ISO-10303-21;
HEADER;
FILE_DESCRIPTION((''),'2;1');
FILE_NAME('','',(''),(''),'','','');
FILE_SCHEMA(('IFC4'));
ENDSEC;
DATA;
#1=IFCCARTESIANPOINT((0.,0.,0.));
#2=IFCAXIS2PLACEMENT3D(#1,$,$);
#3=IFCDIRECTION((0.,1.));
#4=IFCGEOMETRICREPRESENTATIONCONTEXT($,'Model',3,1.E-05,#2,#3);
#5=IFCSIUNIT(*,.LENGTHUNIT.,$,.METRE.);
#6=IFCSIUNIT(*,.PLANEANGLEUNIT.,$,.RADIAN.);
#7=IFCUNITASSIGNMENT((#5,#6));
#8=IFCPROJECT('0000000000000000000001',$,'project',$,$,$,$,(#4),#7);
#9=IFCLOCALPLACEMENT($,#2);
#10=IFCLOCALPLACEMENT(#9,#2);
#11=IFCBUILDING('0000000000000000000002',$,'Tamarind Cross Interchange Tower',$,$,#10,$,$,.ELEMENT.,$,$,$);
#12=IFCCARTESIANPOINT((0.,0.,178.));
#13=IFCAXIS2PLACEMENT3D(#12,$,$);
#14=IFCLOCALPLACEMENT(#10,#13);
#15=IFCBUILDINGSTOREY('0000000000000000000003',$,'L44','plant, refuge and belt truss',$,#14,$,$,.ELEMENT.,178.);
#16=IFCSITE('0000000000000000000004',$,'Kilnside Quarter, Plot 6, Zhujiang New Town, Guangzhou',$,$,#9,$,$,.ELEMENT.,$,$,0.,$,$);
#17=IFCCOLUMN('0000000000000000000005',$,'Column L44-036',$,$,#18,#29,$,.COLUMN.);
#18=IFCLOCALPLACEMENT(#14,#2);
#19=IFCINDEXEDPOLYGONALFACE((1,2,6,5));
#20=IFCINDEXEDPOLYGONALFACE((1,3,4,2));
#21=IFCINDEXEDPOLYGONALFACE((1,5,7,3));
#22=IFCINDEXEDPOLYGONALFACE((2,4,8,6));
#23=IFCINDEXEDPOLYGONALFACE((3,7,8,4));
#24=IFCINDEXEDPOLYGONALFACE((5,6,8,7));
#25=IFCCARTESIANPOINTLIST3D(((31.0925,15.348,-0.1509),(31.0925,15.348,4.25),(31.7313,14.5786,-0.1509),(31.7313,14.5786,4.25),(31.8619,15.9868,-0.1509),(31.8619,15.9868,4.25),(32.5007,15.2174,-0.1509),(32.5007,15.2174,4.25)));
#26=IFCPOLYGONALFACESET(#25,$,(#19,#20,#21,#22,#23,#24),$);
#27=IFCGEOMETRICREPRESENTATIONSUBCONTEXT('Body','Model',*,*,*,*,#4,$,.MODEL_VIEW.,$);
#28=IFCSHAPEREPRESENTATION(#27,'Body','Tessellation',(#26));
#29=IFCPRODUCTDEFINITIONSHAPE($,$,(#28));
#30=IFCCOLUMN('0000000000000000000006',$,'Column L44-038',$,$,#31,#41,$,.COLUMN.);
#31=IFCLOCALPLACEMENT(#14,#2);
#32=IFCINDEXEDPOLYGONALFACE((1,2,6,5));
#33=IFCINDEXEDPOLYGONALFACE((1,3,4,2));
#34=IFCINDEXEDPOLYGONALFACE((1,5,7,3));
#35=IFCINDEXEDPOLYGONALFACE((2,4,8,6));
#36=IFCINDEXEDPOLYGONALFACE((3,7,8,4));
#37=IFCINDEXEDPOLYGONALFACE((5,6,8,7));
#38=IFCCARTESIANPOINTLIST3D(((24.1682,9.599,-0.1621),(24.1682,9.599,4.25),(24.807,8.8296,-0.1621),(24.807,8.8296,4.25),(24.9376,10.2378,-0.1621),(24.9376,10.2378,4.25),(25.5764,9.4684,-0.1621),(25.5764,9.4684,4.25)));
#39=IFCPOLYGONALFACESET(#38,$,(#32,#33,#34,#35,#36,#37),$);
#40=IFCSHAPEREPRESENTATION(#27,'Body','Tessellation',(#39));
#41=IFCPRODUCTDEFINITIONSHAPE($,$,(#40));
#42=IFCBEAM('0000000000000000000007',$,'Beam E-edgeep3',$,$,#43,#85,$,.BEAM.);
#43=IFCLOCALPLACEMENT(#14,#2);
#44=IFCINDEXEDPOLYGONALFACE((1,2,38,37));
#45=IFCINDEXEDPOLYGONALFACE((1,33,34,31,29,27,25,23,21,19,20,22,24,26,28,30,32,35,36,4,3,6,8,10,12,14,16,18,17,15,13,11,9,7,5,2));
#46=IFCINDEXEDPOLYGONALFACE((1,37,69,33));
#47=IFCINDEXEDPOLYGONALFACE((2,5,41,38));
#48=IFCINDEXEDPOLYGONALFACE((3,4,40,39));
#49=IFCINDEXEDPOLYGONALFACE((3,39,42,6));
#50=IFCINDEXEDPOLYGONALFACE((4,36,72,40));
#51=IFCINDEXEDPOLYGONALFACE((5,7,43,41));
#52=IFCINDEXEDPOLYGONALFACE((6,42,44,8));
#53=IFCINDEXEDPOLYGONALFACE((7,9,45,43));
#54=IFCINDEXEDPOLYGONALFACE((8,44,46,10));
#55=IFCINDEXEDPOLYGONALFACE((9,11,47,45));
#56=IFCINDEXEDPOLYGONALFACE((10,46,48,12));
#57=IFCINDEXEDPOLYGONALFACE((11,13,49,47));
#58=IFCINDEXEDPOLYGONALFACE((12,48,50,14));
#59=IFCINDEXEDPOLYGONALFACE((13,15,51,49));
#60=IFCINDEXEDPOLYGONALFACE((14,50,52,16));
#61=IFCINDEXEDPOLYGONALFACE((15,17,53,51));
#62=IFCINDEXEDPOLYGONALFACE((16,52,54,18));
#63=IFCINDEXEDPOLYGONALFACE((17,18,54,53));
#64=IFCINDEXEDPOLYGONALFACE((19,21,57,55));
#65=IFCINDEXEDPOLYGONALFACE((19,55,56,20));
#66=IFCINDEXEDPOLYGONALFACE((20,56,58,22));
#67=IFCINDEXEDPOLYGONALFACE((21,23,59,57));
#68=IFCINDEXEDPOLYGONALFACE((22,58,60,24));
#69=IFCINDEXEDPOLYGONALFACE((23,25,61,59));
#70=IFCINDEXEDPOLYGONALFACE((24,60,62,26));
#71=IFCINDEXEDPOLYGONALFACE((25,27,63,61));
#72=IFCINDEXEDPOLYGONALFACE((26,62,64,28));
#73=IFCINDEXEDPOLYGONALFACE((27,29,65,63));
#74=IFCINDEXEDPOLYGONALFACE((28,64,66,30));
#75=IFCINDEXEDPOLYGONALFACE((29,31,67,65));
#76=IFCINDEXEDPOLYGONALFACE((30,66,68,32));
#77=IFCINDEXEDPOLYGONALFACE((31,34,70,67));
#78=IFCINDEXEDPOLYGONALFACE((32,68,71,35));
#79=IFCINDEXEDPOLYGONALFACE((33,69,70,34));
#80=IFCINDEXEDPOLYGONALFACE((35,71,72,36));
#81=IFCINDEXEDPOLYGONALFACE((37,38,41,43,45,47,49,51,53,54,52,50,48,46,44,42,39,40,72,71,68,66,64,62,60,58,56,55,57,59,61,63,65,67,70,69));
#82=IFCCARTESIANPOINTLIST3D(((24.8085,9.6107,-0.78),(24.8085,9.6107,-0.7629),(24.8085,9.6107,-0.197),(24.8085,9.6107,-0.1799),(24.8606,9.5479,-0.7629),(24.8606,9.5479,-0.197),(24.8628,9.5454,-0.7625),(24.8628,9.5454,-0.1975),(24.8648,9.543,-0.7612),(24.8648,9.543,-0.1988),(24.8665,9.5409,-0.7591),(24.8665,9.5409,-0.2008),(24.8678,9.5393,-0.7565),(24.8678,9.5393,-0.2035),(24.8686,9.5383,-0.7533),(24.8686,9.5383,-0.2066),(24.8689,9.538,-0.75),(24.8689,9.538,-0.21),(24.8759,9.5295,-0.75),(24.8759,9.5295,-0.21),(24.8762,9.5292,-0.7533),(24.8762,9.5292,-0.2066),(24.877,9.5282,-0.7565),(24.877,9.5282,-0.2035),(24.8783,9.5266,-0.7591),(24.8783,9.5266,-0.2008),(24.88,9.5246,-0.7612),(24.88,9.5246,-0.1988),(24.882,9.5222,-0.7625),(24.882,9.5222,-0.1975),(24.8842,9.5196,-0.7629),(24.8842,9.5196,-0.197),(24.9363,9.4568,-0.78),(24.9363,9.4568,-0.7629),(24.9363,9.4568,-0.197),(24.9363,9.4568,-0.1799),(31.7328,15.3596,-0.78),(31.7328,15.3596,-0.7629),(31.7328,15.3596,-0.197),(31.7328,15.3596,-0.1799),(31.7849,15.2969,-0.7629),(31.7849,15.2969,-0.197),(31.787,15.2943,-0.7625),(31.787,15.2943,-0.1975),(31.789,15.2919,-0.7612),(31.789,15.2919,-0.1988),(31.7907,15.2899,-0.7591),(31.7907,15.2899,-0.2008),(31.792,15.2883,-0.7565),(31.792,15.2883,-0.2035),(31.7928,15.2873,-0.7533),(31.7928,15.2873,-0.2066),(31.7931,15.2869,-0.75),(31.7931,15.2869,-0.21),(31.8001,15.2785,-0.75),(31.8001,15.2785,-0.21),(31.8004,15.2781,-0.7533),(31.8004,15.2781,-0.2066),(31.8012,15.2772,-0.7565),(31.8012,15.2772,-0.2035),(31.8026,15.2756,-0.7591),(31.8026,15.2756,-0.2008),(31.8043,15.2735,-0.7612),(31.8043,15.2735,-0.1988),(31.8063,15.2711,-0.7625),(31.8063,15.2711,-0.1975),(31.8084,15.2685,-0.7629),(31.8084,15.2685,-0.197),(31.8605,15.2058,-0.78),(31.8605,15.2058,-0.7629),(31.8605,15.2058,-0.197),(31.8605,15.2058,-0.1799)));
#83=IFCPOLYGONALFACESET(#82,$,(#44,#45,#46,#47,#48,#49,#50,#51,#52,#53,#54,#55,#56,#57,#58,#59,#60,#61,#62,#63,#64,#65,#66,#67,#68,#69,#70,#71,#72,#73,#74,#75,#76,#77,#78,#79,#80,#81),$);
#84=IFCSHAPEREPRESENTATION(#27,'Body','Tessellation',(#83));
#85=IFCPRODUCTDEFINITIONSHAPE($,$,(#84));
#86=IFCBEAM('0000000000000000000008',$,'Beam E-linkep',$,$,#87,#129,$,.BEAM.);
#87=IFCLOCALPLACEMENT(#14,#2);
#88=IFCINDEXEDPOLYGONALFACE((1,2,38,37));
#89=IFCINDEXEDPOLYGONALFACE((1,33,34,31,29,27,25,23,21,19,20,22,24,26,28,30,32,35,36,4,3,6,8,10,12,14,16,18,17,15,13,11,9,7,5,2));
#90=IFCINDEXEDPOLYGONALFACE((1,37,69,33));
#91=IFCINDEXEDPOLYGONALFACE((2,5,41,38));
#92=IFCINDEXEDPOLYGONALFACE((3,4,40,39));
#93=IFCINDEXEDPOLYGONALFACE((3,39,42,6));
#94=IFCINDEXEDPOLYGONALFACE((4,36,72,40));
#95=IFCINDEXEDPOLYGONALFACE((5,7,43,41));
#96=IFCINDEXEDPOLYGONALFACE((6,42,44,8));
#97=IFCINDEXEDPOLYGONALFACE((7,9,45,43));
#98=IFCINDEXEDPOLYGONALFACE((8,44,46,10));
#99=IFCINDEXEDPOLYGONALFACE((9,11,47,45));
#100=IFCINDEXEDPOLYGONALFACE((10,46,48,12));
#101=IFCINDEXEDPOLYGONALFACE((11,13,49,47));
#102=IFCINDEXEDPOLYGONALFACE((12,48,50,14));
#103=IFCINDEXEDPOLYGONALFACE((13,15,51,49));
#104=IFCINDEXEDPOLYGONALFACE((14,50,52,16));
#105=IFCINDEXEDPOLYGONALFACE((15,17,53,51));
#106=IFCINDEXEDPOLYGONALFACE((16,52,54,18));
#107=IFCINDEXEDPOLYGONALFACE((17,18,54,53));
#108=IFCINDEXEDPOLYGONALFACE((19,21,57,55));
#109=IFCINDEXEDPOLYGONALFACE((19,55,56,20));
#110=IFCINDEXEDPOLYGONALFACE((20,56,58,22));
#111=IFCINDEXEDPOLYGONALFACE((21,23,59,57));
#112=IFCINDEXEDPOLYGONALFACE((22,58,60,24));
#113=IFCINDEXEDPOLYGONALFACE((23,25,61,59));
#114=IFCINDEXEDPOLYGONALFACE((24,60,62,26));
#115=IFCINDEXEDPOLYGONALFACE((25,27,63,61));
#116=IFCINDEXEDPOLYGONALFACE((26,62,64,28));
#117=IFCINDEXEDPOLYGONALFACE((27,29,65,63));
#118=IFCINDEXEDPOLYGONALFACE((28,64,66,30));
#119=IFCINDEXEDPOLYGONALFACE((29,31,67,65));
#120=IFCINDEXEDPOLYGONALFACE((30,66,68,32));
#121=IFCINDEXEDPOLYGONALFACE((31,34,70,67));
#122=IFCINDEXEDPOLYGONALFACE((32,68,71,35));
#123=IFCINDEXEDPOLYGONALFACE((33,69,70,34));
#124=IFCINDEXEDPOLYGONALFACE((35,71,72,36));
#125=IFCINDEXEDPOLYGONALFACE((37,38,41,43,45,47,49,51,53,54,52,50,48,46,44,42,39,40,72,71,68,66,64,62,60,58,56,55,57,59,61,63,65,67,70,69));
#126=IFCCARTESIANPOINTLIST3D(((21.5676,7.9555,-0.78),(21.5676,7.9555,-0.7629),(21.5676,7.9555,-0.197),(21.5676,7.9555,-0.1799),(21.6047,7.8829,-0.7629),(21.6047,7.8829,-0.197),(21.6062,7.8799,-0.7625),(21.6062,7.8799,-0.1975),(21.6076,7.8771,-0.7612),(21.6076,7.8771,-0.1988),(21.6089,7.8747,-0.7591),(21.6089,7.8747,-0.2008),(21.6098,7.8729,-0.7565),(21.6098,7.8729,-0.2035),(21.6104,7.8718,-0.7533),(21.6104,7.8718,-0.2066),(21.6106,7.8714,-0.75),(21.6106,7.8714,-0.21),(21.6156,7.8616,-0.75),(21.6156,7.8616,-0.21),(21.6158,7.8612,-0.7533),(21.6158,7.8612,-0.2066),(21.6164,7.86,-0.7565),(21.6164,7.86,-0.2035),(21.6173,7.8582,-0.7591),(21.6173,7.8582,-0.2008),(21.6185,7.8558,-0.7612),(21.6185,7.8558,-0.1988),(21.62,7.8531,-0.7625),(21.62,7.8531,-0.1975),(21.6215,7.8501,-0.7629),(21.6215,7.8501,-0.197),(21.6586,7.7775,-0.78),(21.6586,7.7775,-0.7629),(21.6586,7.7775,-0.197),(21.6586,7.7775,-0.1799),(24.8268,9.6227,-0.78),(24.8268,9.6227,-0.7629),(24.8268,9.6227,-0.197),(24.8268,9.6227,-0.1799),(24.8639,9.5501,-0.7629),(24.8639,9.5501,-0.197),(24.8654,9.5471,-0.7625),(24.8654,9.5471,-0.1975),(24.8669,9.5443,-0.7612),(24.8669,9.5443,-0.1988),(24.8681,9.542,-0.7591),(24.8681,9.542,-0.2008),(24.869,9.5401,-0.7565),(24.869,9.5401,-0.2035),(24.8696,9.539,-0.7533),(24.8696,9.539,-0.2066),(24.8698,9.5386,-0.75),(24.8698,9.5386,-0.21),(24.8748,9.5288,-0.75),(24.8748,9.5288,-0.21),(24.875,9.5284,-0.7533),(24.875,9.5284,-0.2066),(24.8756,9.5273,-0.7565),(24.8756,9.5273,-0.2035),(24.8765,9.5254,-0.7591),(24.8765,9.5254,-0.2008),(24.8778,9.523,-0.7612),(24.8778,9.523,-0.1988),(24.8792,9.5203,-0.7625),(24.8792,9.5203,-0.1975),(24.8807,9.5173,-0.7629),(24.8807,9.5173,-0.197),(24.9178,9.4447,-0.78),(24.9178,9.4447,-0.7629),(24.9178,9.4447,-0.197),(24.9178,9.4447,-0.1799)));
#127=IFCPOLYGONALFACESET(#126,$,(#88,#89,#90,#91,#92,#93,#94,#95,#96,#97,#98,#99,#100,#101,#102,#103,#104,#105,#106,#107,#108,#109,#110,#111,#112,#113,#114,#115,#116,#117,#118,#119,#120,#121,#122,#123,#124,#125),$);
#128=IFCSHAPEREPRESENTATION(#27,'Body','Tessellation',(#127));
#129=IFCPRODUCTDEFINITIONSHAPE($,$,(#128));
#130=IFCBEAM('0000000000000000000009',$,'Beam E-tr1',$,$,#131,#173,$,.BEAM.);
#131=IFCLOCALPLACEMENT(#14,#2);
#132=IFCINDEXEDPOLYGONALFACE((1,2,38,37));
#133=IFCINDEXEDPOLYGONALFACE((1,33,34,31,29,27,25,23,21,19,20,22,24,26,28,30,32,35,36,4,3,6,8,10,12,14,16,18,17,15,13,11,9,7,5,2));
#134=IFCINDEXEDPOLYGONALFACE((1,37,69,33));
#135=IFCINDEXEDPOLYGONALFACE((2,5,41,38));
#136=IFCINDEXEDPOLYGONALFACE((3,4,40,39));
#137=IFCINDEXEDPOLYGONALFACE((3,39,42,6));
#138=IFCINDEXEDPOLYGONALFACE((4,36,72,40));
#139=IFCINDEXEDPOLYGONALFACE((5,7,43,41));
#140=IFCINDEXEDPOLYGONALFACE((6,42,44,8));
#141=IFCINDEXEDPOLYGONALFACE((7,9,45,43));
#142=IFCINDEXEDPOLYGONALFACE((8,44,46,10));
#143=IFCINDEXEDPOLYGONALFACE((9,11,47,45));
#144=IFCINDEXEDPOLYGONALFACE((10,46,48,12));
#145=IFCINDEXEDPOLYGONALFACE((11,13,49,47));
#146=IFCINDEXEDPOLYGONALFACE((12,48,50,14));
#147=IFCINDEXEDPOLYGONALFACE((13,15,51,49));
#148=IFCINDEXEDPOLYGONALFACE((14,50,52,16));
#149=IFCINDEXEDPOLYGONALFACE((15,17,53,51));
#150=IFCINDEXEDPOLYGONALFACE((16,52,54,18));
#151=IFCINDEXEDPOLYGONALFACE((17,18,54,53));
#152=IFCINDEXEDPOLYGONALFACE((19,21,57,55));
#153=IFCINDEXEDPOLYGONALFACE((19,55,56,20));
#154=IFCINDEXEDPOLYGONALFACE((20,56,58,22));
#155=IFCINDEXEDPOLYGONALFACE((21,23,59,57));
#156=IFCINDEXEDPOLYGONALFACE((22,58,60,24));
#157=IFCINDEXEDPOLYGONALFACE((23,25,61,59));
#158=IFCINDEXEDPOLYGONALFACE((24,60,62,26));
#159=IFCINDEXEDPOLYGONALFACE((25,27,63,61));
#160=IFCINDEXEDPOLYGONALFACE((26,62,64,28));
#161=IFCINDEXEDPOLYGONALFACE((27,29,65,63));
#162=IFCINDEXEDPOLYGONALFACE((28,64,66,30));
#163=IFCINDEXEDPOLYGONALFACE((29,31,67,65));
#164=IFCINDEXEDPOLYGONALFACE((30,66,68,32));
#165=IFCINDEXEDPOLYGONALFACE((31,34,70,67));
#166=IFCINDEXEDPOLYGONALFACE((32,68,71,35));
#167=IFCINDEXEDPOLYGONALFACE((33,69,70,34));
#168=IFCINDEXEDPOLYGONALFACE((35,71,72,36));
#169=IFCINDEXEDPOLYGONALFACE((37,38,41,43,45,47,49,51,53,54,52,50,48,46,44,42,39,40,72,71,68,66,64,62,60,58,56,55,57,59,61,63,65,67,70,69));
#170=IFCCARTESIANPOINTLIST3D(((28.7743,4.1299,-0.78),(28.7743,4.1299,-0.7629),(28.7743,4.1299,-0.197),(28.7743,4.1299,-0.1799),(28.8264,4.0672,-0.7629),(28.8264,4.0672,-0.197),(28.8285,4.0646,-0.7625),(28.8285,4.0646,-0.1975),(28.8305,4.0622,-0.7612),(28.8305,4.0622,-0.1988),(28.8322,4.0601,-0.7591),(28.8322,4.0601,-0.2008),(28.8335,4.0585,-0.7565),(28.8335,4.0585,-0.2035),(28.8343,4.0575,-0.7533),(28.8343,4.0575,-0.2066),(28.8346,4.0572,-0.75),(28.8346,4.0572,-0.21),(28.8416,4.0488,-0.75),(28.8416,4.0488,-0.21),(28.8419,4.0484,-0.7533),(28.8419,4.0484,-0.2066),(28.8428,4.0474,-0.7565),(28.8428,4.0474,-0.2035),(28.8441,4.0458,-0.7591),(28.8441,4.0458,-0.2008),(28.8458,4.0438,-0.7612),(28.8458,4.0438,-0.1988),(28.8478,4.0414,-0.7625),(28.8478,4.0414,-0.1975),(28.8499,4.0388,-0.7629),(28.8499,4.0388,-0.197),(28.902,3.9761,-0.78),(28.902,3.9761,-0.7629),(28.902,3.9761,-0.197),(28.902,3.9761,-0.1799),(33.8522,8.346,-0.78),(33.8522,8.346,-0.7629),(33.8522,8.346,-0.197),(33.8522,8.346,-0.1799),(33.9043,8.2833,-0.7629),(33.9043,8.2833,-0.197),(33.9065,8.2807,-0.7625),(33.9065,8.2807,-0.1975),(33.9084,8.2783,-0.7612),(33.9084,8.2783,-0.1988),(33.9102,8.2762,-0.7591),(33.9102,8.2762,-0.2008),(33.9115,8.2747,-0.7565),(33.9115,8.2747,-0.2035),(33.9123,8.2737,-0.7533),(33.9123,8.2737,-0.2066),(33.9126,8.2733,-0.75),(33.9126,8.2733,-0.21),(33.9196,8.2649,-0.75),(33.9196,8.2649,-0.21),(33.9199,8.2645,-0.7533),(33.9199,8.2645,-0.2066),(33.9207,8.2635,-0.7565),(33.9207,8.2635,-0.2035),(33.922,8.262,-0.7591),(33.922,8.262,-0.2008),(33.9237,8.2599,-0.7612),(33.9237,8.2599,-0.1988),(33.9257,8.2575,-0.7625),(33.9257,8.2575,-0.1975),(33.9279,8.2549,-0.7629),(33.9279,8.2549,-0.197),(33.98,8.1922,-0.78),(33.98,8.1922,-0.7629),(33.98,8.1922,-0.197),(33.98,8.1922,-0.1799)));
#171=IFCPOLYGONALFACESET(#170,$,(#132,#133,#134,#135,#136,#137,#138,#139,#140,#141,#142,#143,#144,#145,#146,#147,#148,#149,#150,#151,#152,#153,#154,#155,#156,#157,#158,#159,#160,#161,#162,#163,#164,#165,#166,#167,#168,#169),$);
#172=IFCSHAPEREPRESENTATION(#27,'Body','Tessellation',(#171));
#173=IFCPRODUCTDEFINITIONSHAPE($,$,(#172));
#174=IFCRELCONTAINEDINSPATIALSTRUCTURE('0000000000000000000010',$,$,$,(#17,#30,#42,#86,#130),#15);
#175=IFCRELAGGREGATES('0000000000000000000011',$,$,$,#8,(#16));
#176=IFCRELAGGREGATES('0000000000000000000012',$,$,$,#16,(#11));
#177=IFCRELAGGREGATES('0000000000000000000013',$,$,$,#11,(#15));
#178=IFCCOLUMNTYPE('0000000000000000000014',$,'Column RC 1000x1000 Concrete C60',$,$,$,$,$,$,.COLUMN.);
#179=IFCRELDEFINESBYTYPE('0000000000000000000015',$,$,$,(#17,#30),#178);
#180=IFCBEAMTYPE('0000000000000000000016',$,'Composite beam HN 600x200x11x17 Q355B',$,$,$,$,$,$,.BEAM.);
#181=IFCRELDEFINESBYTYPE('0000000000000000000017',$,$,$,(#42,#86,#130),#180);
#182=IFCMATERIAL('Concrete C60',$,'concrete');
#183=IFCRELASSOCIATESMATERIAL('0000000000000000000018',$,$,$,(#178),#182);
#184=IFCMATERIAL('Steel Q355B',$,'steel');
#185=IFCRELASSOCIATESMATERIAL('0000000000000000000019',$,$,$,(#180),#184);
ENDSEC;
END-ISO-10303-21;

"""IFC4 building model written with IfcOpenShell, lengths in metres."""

from ifc_helpers import new_model, si_unit, direction, frame, origin, origin_2d, place, context, subcontext, project, spatial, rectangle, i_section, extrude, material, material_profile, profile_set, type_object, element, save


model = new_model("IFC4")

# Units and contexts
model_context = context("Model", 3, precision=1e-05, world=origin(), true_north=direction((0.0, 1.0)))
body_context = subcontext(model_context, "Body", "Model", "MODEL_VIEW")
ifc_project = project(units=[si_unit("LENGTHUNIT", "METRE"), si_unit("PLANEANGLEUNIT", "RADIAN")], contexts=[model_context])

# Site, building, storey
site_placement = place(None, origin())
site = spatial("IfcSite", under=ifc_project, at=site_placement, Name="Kilnside Quarter, Plot 6, Zhujiang New Town, Guangzhou", CompositionType="ELEMENT", RefElevation=0.0)
building_placement = place(site_placement, origin())
building = spatial("IfcBuilding", under=site, at=building_placement, Name="Tamarind Cross Interchange Tower", CompositionType="ELEMENT")
storey_placement = place(building_placement, frame((0.0, 0.0, 178.0)))
storey = spatial("IfcBuildingStorey", under=building, at=storey_placement, Name="L44", Description="plant, refuge and belt truss", CompositionType="ELEMENT", Elevation=178.0)

# Columns
ifc_material_1 = material(Name="Concrete C60", Category="concrete")
ifc_material_profile_1 = material_profile(ifc_material_1, rectangle(XDim=1.0, YDim=1.0, at=origin_2d()), Name="RC 1000x1000")
ifc_profile_set_1 = profile_set([ifc_material_profile_1], Name="Concrete C60")
column_type = type_object("IfcColumnType", Name="Column RC 1000x1000 Concrete C60", PredefinedType="COLUMN", material=ifc_profile_set_1)
column_1_placement = place(storey_placement, frame((31.7966, 15.2827, -0.1509), z_axis=(0.0, 0.0, 1.0), x_axis=(0.769373, 0.6388, 0.0)))
element("IfcColumn", 1, at=column_1_placement, inside=storey, type_object=column_type, Name="Column L44-036", PredefinedType="COLUMN", context=body_context, shape_type="SweptSolid", body=[
    extrude(rectangle(XDim=1.0, YDim=1.0, at=origin_2d()), origin(), (0.0, 0.0, 1.0), 4.4009),
])
column_2_placement = place(storey_placement, frame((24.8723, 9.5337, -0.1621), z_axis=(0.0, 0.0, 1.0), x_axis=(0.769373, 0.6388, 0.0)))
element("IfcColumn", 2, at=column_2_placement, inside=storey, type_object=column_type, Name="Column L44-038", PredefinedType="COLUMN", context=body_context, shape_type="SweptSolid", body=[
    extrude(rectangle(XDim=1.0, YDim=1.0, at=origin_2d()), origin(), (0.0, 0.0, 1.0), 4.4121),
])

# Beams
ifc_material_2 = material(Name="Steel Q355B", Category="steel")
ifc_material_profile_2 = material_profile(ifc_material_2, i_section(OverallWidth=0.2, OverallDepth=0.6001, WebThickness=0.011, FlangeThickness=0.0171, FilletRadius=0.0129, at=origin_2d()), Name="HN 600x200x11x17")
ifc_profile_set_2 = profile_set([ifc_material_profile_2], Name="Steel Q355B")
beam_type_1 = type_object("IfcBeamType", Name="Composite beam HN 600x200x11x17 Q355B", PredefinedType="BEAM", material=ifc_profile_set_2)
beam_1_placement = place(storey_placement, frame((31.7966, 15.2827, -0.48), z_axis=(-0.769381, -0.638791, 0.0), x_axis=(0.638791, -0.769381, 0.0)))
element("IfcBeam", 3, at=beam_1_placement, inside=storey, type_object=beam_type_1, Name="Beam E-edgeep3", PredefinedType="BEAM", context=body_context, shape_type="SweptSolid", body=[
    extrude(i_section(OverallWidth=0.2, OverallDepth=0.6001, WebThickness=0.011, FlangeThickness=0.0171, FilletRadius=0.0129, at=origin_2d()), origin(), (0.0, 0.0, 1.0), 8.9998),
])
beam_2_placement = place(storey_placement, frame((24.8723, 9.5337, -0.48), z_axis=(-0.890281, -0.455411, 0.0), x_axis=(0.455411, -0.890281, 0.0)))
element("IfcBeam", 4, at=beam_2_placement, inside=storey, type_object=beam_type_1, Name="Beam E-linkep", PredefinedType="BEAM", context=body_context, shape_type="SweptSolid", body=[
    extrude(i_section(OverallWidth=0.2, OverallDepth=0.6001, WebThickness=0.011, FlangeThickness=0.0171, FilletRadius=0.0129, at=origin_2d()), origin(), (0.0, 0.0, 1.0), 3.6609),
])
for number, where, z_axis, x_axis, name in (
    (5, (28.8381, 4.053, -0.48), (0.769375, 0.638797, 0.0), (-0.638797, 0.769375, 0.0), "Beam E-tr1"),
):
    element("IfcBeam", number, at=place(storey_placement, frame(where, z_axis=z_axis, x_axis=x_axis)), inside=storey, type_object=beam_type_1, Name=name, PredefinedType="BEAM", context=body_context, shape_type="SweptSolid", body=[
        extrude(i_section(OverallWidth=0.2, OverallDepth=0.6001, WebThickness=0.011, FlangeThickness=0.0171, FilletRadius=0.0129, at=origin_2d()), origin(), (0.0, 0.0, 1.0), 6.6001),
    ])

save(model, "model.ifc")
